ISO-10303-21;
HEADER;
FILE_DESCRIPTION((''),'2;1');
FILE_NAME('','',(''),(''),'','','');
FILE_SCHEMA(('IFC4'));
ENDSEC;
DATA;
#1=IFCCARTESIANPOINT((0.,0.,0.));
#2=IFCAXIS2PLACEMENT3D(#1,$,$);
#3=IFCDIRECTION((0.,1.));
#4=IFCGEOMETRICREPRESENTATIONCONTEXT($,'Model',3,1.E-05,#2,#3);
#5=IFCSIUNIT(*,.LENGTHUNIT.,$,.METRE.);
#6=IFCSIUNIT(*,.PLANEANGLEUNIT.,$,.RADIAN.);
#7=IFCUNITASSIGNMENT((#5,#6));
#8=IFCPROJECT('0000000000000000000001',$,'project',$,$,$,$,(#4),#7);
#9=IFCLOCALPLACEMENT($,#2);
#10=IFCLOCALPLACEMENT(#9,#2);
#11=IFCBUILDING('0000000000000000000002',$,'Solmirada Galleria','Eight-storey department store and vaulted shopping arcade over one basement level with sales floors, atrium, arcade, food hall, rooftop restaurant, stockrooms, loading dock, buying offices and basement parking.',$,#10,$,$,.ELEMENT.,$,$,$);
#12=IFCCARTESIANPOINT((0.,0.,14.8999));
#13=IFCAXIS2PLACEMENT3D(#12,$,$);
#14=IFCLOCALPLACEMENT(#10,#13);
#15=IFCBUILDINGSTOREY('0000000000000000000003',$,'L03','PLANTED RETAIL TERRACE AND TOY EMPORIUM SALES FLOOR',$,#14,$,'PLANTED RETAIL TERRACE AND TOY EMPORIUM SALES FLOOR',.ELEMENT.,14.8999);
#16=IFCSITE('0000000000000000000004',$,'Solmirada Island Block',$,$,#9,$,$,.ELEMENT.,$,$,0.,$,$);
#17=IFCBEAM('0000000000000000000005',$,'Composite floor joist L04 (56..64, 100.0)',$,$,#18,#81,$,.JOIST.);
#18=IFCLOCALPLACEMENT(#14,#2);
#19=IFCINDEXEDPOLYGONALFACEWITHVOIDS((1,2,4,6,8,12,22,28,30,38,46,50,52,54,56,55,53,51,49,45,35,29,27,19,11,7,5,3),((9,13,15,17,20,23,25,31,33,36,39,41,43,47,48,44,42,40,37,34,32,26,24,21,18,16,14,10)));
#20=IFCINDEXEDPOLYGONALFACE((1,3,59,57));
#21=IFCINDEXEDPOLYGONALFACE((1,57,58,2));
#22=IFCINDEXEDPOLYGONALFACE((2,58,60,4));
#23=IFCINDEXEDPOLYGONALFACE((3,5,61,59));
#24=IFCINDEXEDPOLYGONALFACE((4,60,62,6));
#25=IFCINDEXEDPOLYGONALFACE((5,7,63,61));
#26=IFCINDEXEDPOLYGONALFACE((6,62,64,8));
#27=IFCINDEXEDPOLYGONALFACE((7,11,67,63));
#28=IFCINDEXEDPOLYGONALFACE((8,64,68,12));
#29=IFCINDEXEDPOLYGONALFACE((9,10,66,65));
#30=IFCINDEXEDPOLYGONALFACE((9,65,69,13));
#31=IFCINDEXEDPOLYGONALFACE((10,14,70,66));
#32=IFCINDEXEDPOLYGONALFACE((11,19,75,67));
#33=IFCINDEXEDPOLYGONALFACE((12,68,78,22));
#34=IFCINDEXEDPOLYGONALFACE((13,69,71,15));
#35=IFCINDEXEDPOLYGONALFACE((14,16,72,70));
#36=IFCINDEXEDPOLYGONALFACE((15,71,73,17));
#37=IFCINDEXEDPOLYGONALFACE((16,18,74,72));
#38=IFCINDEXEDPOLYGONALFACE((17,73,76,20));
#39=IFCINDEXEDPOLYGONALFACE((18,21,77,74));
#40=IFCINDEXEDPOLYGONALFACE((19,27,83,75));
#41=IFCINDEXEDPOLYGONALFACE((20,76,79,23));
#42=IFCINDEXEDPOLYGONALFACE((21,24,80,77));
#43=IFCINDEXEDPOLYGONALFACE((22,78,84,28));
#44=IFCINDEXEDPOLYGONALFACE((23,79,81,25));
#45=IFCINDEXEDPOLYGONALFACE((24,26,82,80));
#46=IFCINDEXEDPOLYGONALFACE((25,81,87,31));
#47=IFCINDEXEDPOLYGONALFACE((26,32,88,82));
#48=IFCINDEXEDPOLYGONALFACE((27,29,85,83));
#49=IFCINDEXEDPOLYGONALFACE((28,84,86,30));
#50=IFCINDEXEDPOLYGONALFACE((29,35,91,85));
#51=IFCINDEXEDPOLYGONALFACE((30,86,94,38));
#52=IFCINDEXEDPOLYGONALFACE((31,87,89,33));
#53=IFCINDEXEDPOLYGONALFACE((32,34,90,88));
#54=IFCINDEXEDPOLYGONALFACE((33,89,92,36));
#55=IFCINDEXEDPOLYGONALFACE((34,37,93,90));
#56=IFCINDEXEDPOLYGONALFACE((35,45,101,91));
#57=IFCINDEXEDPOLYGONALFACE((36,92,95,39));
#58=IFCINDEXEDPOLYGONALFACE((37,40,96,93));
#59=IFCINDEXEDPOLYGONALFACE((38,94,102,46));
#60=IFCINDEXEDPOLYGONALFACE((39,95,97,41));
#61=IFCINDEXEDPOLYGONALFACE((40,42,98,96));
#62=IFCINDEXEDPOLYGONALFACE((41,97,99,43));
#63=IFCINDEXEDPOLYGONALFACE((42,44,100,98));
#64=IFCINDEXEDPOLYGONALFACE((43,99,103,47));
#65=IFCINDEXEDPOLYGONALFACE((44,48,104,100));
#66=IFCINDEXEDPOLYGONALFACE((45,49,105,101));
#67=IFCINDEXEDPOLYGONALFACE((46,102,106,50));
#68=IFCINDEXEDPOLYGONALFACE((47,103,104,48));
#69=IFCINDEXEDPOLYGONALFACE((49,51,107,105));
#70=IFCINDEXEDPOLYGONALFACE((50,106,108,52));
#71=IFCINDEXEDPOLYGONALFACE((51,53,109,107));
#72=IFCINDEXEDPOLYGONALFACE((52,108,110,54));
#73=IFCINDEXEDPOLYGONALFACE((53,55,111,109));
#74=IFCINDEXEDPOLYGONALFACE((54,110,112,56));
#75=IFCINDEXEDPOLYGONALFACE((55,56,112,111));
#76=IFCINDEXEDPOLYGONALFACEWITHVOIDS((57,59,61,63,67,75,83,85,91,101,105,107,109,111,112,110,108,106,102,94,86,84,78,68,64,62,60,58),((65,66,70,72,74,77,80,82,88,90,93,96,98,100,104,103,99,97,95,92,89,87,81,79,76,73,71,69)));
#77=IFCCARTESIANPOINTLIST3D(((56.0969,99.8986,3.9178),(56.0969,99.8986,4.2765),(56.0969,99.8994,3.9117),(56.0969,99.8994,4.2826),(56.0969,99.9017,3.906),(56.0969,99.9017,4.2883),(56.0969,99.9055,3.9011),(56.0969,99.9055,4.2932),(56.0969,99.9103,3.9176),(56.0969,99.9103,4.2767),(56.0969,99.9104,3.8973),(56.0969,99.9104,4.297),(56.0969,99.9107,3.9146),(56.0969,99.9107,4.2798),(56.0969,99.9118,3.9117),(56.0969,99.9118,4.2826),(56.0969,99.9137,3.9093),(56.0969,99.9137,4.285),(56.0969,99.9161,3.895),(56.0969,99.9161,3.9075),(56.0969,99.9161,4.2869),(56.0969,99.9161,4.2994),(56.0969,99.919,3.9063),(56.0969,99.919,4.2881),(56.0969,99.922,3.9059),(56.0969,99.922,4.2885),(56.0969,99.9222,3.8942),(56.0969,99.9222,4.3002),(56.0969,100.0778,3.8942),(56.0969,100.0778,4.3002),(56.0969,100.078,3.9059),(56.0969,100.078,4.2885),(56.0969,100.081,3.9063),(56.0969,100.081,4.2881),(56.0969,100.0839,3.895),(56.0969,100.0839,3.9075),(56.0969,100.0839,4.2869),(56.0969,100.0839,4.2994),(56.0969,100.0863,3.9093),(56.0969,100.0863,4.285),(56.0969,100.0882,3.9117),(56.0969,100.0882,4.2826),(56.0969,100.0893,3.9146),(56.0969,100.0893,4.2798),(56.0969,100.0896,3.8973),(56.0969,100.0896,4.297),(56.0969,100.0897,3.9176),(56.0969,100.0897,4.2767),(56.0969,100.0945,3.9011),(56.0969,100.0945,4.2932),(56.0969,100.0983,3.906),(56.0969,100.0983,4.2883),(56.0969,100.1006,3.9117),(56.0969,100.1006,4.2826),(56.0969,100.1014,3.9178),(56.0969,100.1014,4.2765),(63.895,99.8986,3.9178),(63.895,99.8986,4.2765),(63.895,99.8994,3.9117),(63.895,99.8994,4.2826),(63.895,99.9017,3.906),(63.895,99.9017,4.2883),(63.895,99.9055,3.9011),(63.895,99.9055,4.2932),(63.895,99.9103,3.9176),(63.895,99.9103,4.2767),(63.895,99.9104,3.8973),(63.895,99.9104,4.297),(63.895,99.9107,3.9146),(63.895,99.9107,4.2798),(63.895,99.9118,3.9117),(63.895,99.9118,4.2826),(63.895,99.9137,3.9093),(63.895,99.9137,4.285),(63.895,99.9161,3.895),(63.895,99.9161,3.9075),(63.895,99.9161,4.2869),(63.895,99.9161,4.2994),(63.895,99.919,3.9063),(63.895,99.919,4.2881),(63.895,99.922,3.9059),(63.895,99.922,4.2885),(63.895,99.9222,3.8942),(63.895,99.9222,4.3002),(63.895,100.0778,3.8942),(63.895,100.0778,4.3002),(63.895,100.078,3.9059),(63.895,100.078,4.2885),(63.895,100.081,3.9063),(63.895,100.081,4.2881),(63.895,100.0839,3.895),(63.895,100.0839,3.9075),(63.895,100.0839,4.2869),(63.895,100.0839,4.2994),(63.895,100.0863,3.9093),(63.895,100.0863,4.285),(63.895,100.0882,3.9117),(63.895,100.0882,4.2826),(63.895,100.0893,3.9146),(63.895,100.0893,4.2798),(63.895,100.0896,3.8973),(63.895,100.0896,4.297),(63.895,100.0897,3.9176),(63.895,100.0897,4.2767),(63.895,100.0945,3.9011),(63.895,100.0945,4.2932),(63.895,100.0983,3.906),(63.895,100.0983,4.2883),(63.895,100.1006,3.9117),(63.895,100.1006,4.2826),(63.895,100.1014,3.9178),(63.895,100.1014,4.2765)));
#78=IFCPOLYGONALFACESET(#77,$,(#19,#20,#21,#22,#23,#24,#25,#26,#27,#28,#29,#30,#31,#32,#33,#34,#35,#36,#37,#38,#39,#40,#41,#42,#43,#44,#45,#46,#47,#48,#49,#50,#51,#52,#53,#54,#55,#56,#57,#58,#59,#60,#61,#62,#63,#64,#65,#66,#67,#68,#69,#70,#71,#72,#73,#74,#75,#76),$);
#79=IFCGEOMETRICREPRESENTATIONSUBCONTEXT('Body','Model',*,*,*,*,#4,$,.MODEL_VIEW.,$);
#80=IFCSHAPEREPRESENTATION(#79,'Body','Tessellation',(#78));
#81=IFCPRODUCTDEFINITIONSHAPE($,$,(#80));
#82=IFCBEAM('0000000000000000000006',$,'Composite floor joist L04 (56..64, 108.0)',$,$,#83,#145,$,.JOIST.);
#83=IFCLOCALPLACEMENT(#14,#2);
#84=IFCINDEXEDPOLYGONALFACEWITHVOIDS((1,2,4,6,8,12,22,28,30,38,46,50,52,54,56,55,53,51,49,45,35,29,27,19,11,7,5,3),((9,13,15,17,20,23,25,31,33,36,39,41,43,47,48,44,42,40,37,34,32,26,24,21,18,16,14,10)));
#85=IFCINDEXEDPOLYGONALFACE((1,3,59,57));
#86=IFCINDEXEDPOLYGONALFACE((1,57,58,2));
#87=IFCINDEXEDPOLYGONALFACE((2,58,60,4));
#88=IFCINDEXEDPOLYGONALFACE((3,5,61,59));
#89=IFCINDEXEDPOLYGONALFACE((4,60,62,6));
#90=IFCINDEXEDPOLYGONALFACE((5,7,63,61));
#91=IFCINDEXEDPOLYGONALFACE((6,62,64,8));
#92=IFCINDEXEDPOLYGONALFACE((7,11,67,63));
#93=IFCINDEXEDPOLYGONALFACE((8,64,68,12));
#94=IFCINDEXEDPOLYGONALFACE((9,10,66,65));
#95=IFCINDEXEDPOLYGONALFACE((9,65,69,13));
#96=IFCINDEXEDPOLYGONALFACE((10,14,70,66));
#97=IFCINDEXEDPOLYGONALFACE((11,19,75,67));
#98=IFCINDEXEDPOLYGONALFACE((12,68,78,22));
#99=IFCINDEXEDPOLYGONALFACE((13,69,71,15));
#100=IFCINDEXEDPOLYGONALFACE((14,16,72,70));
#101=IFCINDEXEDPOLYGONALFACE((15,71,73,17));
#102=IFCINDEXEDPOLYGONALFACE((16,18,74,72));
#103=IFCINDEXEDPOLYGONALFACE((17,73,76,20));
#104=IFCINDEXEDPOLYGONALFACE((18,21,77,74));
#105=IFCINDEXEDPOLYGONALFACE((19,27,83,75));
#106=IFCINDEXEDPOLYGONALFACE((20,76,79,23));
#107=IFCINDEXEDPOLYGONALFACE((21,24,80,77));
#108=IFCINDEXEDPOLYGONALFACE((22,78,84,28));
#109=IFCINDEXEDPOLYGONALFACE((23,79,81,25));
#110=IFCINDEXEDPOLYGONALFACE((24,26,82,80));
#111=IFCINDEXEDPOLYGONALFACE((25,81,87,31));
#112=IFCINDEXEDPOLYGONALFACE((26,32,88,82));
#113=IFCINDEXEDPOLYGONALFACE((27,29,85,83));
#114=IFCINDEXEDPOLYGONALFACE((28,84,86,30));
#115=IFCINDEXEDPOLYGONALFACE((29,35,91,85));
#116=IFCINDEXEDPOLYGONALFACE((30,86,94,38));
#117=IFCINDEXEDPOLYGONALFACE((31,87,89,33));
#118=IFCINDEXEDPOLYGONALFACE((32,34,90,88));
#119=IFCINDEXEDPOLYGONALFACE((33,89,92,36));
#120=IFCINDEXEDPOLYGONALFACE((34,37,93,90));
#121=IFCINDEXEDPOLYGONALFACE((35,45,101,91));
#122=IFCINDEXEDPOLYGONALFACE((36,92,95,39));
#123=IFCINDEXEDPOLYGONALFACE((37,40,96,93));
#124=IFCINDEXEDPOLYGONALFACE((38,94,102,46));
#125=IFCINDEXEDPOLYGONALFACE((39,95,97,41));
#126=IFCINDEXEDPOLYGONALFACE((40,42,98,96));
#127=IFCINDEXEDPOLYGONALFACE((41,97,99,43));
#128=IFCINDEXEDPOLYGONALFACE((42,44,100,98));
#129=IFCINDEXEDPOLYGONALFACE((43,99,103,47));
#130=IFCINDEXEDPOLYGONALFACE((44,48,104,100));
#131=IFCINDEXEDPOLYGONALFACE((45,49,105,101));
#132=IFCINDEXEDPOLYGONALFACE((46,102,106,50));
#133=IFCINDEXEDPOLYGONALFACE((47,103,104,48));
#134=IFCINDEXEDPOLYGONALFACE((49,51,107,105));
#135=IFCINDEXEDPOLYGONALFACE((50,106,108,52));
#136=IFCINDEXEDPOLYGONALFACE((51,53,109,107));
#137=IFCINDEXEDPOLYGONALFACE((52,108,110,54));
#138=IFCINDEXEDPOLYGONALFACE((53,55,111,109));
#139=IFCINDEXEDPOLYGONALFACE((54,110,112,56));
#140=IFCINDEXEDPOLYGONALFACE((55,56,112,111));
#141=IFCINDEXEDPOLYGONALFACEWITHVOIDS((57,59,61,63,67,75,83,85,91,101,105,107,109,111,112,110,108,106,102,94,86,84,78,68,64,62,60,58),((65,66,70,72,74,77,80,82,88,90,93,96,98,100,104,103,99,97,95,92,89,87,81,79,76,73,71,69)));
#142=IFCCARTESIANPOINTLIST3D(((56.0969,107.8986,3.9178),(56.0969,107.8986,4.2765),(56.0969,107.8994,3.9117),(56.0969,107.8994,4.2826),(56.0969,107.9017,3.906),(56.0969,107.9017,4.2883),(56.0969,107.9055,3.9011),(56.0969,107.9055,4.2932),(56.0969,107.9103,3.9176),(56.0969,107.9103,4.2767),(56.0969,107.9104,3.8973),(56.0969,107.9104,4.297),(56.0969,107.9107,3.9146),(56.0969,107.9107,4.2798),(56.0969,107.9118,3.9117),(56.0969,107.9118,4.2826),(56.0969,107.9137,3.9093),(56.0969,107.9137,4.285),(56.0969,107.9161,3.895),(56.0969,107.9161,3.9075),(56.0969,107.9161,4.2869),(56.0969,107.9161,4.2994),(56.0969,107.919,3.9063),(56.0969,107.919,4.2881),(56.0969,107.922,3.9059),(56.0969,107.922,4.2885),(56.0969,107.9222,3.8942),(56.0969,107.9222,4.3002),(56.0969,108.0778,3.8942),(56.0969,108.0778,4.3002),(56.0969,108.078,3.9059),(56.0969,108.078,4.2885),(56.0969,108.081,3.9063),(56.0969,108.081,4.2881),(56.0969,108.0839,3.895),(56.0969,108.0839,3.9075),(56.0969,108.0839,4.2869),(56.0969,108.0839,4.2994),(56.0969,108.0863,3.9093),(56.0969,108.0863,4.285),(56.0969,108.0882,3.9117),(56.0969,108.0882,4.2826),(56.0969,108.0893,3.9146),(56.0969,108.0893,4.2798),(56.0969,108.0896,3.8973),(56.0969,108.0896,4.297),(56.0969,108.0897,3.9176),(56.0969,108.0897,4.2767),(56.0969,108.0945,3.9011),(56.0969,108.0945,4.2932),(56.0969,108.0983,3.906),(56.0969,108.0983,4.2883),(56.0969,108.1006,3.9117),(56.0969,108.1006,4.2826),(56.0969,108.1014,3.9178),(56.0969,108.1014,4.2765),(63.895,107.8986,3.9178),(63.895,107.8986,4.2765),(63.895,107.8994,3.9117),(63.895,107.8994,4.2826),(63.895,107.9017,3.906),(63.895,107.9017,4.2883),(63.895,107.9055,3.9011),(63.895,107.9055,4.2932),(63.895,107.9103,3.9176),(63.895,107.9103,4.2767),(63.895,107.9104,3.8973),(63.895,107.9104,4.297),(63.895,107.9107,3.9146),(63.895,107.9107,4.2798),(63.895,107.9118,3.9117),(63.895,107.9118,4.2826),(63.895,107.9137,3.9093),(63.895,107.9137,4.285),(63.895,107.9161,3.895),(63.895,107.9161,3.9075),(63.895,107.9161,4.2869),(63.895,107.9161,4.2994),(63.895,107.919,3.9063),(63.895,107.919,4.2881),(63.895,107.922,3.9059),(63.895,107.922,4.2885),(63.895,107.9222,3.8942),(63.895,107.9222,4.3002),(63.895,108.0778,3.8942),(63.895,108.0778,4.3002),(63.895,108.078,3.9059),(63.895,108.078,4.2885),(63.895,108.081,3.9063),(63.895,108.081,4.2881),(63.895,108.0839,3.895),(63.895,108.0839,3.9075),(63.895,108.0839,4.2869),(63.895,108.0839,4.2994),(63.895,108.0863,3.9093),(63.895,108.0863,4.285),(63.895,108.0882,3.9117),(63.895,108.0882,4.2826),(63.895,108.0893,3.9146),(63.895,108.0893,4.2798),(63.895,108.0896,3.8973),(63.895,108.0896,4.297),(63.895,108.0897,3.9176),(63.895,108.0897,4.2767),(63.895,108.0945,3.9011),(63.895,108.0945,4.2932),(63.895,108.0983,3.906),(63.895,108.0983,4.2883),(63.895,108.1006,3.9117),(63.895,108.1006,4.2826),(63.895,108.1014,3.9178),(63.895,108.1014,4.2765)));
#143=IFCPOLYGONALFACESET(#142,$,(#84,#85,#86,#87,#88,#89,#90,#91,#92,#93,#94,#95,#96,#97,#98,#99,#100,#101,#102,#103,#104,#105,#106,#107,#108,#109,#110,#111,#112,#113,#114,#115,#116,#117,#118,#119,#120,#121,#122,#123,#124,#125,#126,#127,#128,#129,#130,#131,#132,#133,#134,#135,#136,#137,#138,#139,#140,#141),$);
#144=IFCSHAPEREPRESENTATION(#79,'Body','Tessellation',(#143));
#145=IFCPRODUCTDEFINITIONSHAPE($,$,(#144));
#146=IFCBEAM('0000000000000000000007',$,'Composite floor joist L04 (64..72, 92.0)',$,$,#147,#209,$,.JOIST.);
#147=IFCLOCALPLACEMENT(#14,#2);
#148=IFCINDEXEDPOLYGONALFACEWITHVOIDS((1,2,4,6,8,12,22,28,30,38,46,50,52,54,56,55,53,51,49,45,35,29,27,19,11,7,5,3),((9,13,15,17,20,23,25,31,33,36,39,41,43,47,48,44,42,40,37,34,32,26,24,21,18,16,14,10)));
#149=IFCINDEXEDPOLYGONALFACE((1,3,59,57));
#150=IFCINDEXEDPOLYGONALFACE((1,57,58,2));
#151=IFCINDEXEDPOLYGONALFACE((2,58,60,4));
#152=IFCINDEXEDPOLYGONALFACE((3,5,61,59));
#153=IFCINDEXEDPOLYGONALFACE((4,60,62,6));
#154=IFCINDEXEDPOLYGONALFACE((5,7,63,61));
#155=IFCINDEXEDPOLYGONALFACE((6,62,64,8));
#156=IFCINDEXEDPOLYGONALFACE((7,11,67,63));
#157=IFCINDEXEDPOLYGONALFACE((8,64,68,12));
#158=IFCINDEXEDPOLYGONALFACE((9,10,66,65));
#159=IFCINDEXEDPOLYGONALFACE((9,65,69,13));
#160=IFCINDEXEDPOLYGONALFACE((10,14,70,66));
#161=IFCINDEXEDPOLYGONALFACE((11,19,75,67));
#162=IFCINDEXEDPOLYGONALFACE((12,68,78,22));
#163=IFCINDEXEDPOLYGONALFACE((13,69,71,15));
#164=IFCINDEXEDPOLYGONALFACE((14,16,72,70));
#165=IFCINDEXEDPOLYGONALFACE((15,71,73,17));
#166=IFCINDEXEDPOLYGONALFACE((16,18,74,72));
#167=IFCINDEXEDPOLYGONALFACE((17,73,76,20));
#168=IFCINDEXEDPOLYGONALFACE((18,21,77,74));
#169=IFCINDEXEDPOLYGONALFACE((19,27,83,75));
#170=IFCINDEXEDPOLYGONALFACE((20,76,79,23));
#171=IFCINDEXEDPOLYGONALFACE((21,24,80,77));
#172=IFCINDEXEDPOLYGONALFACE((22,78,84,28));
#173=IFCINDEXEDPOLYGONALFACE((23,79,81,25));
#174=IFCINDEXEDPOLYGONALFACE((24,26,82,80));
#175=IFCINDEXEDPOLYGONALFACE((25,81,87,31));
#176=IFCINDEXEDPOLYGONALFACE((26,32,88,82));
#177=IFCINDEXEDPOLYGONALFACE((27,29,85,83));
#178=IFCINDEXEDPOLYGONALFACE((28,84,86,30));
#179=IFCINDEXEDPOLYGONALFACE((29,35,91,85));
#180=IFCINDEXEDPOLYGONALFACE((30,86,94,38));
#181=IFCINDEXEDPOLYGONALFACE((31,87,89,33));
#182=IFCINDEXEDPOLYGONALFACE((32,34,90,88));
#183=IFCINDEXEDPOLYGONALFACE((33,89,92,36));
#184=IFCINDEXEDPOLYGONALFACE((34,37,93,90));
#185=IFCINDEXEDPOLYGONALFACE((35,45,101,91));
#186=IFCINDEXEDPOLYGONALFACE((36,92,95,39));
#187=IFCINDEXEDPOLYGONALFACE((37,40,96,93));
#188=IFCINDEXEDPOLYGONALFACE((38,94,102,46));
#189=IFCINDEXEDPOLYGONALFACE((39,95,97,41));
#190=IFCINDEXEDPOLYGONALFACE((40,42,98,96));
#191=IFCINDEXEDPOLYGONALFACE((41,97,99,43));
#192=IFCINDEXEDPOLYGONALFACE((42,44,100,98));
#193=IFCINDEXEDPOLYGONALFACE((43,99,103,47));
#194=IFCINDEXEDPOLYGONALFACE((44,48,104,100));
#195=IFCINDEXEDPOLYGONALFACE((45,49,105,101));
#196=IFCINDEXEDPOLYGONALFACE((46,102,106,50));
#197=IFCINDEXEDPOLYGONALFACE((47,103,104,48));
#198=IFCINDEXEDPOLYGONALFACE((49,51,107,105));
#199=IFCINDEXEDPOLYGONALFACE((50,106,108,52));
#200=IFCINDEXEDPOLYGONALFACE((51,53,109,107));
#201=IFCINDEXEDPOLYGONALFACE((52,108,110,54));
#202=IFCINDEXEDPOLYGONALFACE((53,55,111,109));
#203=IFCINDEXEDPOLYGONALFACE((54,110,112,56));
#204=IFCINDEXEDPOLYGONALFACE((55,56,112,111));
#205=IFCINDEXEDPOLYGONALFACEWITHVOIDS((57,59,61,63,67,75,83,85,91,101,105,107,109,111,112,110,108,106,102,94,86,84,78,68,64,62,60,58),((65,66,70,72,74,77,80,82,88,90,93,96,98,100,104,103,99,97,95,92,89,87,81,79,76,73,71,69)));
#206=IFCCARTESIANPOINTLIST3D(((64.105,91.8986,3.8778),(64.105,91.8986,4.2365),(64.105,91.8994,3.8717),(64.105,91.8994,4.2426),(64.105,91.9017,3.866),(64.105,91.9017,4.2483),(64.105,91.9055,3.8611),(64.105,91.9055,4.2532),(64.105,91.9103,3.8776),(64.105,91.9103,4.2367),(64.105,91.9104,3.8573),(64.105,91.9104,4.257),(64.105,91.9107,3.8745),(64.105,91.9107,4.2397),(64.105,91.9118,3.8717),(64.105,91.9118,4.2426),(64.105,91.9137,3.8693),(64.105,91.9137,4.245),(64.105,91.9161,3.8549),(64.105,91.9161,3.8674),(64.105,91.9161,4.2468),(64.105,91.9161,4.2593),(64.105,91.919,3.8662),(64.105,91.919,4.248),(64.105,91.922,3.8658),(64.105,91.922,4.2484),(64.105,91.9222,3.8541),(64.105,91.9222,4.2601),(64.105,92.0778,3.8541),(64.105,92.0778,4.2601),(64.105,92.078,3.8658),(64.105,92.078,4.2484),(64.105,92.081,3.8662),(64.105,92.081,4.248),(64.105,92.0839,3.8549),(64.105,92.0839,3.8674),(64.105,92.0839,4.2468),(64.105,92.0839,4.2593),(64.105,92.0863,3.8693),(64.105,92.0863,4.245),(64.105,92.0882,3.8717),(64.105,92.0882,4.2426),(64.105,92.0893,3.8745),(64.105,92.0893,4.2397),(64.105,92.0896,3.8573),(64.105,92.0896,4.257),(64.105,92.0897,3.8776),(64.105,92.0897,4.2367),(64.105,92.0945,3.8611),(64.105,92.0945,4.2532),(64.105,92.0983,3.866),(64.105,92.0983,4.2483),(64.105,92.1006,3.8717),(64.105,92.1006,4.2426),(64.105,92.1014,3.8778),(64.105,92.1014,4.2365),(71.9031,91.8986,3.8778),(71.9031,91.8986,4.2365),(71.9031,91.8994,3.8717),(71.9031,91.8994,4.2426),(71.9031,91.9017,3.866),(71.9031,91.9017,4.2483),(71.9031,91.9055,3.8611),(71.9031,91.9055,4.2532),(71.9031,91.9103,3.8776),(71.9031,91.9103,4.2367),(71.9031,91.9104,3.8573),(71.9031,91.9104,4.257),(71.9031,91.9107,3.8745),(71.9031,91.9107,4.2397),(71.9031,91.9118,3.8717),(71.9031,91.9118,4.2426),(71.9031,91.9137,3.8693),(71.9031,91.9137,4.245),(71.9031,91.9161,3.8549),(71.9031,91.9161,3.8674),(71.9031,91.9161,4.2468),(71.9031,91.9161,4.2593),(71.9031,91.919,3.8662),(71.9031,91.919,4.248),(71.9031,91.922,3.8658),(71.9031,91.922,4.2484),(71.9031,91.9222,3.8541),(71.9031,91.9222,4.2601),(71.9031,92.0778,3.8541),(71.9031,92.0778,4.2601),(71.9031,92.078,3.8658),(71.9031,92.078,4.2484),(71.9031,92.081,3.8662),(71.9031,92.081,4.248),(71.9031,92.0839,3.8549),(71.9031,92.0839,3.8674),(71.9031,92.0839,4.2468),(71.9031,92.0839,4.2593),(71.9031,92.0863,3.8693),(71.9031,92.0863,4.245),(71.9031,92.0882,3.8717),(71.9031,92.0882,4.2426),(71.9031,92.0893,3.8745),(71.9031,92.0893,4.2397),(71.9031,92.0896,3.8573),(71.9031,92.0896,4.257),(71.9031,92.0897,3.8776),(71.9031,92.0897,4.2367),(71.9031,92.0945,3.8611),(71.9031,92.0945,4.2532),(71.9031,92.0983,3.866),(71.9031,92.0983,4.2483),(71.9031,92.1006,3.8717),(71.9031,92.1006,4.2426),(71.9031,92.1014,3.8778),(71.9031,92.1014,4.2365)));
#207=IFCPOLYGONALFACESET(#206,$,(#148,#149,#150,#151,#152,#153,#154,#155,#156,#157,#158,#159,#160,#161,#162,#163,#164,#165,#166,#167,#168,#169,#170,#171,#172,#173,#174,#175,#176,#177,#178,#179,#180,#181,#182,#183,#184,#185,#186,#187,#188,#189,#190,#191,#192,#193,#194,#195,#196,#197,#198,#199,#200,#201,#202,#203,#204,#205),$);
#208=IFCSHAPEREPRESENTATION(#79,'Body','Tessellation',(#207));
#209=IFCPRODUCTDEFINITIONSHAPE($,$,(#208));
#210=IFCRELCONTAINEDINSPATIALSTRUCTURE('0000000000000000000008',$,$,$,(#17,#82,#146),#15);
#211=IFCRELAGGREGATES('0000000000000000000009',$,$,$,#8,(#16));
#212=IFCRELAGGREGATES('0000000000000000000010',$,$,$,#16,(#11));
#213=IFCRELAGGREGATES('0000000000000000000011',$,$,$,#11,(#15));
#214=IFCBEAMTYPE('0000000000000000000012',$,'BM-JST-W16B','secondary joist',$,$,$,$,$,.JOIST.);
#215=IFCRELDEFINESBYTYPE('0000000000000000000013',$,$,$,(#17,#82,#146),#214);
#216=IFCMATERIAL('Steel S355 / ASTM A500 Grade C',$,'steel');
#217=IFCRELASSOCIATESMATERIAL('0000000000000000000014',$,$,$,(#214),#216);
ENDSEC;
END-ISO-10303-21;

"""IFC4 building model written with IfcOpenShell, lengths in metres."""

from ifc_helpers import new_model, si_unit, direction, frame, origin, origin_2d, place, context, subcontext, project, spatial, hollow_rectangle, extrude, material, material_profile, profile_set, type_object, element, save


model = new_model("IFC4")

# Units and contexts
model_context = context("Model", 3, precision=1e-05, world=origin(), true_north=direction((0.0, 1.0)))
body_context = subcontext(model_context, "Body", "Model", "MODEL_VIEW")
ifc_project = project(units=[si_unit("LENGTHUNIT", "METRE"), si_unit("PLANEANGLEUNIT", "RADIAN")], contexts=[model_context])

# Site, building, storey
site_placement = place(None, origin())
site = spatial("IfcSite", under=ifc_project, at=site_placement, Name="Solmirada Island Block", CompositionType="ELEMENT", RefElevation=0.0)
building_placement = place(site_placement, origin())
building = spatial("IfcBuilding", under=site, at=building_placement, Name="Solmirada Galleria", Description="Eight-storey department store and vaulted shopping arcade over one basement level with sales floors, atrium, arcade, food hall, rooftop restaurant, stockrooms, loading dock, buying offices and basement parking.", CompositionType="ELEMENT")
storey_placement = place(building_placement, frame((0.0, 0.0, 14.8999)))
storey = spatial("IfcBuildingStorey", under=building, at=storey_placement, Name="L03", Description="PLANTED RETAIL TERRACE AND TOY EMPORIUM SALES FLOOR", LongName="PLANTED RETAIL TERRACE AND TOY EMPORIUM SALES FLOOR", CompositionType="ELEMENT", Elevation=14.8999)

# Beams
ifc_material_1 = material(Name="Steel S355 / ASTM A500 Grade C", Category="steel")
ifc_material_profile_1 = material_profile(ifc_material_1, hollow_rectangle(XDim=0.2029, YDim=0.406, WallThickness=0.0117, InnerFilletRadius=0.0117, OuterFilletRadius=0.0237, at=origin_2d()), Name="HSS16X8X1/2")
ifc_profile_set_1 = profile_set([ifc_material_profile_1], Name="Steel S355 / ASTM A500 Grade C")
beam_type_1 = type_object("IfcBeamType", Name="BM-JST-W16B", Description="secondary joist", PredefinedType="JOIST", material=ifc_profile_set_1)
for number, where, z_axis, x_axis, name in (
    (1, (56.0969, 100.0, 4.0972), (1.0, 0.0, 0.0), (0.0, 1.0, 0.0), "Composite floor joist L04 (56..64, 100.0)"),
    (2, (56.0969, 108.0, 4.0972), (1.0, 0.0, 0.0), (0.0, 1.0, 0.0), "Composite floor joist L04 (56..64, 108.0)"),
    (3, (64.105, 92.0, 4.0571), (1.0, 0.0, 0.0), (0.0, 1.0, 0.0), "Composite floor joist L04 (64..72, 92.0)"),
):
    element("IfcBeam", number, at=place(storey_placement, frame(where, z_axis=z_axis, x_axis=x_axis)), inside=storey, type_object=beam_type_1, Name=name, PredefinedType="JOIST", context=body_context, shape_type="SweptSolid", body=[
        extrude(hollow_rectangle(XDim=0.2029, YDim=0.406, WallThickness=0.0117, InnerFilletRadius=0.0117, OuterFilletRadius=0.0237, at=origin_2d()), origin(), (0.0, 0.0, 1.0), 7.7981),
    ])

save(model, "model.ifc")
